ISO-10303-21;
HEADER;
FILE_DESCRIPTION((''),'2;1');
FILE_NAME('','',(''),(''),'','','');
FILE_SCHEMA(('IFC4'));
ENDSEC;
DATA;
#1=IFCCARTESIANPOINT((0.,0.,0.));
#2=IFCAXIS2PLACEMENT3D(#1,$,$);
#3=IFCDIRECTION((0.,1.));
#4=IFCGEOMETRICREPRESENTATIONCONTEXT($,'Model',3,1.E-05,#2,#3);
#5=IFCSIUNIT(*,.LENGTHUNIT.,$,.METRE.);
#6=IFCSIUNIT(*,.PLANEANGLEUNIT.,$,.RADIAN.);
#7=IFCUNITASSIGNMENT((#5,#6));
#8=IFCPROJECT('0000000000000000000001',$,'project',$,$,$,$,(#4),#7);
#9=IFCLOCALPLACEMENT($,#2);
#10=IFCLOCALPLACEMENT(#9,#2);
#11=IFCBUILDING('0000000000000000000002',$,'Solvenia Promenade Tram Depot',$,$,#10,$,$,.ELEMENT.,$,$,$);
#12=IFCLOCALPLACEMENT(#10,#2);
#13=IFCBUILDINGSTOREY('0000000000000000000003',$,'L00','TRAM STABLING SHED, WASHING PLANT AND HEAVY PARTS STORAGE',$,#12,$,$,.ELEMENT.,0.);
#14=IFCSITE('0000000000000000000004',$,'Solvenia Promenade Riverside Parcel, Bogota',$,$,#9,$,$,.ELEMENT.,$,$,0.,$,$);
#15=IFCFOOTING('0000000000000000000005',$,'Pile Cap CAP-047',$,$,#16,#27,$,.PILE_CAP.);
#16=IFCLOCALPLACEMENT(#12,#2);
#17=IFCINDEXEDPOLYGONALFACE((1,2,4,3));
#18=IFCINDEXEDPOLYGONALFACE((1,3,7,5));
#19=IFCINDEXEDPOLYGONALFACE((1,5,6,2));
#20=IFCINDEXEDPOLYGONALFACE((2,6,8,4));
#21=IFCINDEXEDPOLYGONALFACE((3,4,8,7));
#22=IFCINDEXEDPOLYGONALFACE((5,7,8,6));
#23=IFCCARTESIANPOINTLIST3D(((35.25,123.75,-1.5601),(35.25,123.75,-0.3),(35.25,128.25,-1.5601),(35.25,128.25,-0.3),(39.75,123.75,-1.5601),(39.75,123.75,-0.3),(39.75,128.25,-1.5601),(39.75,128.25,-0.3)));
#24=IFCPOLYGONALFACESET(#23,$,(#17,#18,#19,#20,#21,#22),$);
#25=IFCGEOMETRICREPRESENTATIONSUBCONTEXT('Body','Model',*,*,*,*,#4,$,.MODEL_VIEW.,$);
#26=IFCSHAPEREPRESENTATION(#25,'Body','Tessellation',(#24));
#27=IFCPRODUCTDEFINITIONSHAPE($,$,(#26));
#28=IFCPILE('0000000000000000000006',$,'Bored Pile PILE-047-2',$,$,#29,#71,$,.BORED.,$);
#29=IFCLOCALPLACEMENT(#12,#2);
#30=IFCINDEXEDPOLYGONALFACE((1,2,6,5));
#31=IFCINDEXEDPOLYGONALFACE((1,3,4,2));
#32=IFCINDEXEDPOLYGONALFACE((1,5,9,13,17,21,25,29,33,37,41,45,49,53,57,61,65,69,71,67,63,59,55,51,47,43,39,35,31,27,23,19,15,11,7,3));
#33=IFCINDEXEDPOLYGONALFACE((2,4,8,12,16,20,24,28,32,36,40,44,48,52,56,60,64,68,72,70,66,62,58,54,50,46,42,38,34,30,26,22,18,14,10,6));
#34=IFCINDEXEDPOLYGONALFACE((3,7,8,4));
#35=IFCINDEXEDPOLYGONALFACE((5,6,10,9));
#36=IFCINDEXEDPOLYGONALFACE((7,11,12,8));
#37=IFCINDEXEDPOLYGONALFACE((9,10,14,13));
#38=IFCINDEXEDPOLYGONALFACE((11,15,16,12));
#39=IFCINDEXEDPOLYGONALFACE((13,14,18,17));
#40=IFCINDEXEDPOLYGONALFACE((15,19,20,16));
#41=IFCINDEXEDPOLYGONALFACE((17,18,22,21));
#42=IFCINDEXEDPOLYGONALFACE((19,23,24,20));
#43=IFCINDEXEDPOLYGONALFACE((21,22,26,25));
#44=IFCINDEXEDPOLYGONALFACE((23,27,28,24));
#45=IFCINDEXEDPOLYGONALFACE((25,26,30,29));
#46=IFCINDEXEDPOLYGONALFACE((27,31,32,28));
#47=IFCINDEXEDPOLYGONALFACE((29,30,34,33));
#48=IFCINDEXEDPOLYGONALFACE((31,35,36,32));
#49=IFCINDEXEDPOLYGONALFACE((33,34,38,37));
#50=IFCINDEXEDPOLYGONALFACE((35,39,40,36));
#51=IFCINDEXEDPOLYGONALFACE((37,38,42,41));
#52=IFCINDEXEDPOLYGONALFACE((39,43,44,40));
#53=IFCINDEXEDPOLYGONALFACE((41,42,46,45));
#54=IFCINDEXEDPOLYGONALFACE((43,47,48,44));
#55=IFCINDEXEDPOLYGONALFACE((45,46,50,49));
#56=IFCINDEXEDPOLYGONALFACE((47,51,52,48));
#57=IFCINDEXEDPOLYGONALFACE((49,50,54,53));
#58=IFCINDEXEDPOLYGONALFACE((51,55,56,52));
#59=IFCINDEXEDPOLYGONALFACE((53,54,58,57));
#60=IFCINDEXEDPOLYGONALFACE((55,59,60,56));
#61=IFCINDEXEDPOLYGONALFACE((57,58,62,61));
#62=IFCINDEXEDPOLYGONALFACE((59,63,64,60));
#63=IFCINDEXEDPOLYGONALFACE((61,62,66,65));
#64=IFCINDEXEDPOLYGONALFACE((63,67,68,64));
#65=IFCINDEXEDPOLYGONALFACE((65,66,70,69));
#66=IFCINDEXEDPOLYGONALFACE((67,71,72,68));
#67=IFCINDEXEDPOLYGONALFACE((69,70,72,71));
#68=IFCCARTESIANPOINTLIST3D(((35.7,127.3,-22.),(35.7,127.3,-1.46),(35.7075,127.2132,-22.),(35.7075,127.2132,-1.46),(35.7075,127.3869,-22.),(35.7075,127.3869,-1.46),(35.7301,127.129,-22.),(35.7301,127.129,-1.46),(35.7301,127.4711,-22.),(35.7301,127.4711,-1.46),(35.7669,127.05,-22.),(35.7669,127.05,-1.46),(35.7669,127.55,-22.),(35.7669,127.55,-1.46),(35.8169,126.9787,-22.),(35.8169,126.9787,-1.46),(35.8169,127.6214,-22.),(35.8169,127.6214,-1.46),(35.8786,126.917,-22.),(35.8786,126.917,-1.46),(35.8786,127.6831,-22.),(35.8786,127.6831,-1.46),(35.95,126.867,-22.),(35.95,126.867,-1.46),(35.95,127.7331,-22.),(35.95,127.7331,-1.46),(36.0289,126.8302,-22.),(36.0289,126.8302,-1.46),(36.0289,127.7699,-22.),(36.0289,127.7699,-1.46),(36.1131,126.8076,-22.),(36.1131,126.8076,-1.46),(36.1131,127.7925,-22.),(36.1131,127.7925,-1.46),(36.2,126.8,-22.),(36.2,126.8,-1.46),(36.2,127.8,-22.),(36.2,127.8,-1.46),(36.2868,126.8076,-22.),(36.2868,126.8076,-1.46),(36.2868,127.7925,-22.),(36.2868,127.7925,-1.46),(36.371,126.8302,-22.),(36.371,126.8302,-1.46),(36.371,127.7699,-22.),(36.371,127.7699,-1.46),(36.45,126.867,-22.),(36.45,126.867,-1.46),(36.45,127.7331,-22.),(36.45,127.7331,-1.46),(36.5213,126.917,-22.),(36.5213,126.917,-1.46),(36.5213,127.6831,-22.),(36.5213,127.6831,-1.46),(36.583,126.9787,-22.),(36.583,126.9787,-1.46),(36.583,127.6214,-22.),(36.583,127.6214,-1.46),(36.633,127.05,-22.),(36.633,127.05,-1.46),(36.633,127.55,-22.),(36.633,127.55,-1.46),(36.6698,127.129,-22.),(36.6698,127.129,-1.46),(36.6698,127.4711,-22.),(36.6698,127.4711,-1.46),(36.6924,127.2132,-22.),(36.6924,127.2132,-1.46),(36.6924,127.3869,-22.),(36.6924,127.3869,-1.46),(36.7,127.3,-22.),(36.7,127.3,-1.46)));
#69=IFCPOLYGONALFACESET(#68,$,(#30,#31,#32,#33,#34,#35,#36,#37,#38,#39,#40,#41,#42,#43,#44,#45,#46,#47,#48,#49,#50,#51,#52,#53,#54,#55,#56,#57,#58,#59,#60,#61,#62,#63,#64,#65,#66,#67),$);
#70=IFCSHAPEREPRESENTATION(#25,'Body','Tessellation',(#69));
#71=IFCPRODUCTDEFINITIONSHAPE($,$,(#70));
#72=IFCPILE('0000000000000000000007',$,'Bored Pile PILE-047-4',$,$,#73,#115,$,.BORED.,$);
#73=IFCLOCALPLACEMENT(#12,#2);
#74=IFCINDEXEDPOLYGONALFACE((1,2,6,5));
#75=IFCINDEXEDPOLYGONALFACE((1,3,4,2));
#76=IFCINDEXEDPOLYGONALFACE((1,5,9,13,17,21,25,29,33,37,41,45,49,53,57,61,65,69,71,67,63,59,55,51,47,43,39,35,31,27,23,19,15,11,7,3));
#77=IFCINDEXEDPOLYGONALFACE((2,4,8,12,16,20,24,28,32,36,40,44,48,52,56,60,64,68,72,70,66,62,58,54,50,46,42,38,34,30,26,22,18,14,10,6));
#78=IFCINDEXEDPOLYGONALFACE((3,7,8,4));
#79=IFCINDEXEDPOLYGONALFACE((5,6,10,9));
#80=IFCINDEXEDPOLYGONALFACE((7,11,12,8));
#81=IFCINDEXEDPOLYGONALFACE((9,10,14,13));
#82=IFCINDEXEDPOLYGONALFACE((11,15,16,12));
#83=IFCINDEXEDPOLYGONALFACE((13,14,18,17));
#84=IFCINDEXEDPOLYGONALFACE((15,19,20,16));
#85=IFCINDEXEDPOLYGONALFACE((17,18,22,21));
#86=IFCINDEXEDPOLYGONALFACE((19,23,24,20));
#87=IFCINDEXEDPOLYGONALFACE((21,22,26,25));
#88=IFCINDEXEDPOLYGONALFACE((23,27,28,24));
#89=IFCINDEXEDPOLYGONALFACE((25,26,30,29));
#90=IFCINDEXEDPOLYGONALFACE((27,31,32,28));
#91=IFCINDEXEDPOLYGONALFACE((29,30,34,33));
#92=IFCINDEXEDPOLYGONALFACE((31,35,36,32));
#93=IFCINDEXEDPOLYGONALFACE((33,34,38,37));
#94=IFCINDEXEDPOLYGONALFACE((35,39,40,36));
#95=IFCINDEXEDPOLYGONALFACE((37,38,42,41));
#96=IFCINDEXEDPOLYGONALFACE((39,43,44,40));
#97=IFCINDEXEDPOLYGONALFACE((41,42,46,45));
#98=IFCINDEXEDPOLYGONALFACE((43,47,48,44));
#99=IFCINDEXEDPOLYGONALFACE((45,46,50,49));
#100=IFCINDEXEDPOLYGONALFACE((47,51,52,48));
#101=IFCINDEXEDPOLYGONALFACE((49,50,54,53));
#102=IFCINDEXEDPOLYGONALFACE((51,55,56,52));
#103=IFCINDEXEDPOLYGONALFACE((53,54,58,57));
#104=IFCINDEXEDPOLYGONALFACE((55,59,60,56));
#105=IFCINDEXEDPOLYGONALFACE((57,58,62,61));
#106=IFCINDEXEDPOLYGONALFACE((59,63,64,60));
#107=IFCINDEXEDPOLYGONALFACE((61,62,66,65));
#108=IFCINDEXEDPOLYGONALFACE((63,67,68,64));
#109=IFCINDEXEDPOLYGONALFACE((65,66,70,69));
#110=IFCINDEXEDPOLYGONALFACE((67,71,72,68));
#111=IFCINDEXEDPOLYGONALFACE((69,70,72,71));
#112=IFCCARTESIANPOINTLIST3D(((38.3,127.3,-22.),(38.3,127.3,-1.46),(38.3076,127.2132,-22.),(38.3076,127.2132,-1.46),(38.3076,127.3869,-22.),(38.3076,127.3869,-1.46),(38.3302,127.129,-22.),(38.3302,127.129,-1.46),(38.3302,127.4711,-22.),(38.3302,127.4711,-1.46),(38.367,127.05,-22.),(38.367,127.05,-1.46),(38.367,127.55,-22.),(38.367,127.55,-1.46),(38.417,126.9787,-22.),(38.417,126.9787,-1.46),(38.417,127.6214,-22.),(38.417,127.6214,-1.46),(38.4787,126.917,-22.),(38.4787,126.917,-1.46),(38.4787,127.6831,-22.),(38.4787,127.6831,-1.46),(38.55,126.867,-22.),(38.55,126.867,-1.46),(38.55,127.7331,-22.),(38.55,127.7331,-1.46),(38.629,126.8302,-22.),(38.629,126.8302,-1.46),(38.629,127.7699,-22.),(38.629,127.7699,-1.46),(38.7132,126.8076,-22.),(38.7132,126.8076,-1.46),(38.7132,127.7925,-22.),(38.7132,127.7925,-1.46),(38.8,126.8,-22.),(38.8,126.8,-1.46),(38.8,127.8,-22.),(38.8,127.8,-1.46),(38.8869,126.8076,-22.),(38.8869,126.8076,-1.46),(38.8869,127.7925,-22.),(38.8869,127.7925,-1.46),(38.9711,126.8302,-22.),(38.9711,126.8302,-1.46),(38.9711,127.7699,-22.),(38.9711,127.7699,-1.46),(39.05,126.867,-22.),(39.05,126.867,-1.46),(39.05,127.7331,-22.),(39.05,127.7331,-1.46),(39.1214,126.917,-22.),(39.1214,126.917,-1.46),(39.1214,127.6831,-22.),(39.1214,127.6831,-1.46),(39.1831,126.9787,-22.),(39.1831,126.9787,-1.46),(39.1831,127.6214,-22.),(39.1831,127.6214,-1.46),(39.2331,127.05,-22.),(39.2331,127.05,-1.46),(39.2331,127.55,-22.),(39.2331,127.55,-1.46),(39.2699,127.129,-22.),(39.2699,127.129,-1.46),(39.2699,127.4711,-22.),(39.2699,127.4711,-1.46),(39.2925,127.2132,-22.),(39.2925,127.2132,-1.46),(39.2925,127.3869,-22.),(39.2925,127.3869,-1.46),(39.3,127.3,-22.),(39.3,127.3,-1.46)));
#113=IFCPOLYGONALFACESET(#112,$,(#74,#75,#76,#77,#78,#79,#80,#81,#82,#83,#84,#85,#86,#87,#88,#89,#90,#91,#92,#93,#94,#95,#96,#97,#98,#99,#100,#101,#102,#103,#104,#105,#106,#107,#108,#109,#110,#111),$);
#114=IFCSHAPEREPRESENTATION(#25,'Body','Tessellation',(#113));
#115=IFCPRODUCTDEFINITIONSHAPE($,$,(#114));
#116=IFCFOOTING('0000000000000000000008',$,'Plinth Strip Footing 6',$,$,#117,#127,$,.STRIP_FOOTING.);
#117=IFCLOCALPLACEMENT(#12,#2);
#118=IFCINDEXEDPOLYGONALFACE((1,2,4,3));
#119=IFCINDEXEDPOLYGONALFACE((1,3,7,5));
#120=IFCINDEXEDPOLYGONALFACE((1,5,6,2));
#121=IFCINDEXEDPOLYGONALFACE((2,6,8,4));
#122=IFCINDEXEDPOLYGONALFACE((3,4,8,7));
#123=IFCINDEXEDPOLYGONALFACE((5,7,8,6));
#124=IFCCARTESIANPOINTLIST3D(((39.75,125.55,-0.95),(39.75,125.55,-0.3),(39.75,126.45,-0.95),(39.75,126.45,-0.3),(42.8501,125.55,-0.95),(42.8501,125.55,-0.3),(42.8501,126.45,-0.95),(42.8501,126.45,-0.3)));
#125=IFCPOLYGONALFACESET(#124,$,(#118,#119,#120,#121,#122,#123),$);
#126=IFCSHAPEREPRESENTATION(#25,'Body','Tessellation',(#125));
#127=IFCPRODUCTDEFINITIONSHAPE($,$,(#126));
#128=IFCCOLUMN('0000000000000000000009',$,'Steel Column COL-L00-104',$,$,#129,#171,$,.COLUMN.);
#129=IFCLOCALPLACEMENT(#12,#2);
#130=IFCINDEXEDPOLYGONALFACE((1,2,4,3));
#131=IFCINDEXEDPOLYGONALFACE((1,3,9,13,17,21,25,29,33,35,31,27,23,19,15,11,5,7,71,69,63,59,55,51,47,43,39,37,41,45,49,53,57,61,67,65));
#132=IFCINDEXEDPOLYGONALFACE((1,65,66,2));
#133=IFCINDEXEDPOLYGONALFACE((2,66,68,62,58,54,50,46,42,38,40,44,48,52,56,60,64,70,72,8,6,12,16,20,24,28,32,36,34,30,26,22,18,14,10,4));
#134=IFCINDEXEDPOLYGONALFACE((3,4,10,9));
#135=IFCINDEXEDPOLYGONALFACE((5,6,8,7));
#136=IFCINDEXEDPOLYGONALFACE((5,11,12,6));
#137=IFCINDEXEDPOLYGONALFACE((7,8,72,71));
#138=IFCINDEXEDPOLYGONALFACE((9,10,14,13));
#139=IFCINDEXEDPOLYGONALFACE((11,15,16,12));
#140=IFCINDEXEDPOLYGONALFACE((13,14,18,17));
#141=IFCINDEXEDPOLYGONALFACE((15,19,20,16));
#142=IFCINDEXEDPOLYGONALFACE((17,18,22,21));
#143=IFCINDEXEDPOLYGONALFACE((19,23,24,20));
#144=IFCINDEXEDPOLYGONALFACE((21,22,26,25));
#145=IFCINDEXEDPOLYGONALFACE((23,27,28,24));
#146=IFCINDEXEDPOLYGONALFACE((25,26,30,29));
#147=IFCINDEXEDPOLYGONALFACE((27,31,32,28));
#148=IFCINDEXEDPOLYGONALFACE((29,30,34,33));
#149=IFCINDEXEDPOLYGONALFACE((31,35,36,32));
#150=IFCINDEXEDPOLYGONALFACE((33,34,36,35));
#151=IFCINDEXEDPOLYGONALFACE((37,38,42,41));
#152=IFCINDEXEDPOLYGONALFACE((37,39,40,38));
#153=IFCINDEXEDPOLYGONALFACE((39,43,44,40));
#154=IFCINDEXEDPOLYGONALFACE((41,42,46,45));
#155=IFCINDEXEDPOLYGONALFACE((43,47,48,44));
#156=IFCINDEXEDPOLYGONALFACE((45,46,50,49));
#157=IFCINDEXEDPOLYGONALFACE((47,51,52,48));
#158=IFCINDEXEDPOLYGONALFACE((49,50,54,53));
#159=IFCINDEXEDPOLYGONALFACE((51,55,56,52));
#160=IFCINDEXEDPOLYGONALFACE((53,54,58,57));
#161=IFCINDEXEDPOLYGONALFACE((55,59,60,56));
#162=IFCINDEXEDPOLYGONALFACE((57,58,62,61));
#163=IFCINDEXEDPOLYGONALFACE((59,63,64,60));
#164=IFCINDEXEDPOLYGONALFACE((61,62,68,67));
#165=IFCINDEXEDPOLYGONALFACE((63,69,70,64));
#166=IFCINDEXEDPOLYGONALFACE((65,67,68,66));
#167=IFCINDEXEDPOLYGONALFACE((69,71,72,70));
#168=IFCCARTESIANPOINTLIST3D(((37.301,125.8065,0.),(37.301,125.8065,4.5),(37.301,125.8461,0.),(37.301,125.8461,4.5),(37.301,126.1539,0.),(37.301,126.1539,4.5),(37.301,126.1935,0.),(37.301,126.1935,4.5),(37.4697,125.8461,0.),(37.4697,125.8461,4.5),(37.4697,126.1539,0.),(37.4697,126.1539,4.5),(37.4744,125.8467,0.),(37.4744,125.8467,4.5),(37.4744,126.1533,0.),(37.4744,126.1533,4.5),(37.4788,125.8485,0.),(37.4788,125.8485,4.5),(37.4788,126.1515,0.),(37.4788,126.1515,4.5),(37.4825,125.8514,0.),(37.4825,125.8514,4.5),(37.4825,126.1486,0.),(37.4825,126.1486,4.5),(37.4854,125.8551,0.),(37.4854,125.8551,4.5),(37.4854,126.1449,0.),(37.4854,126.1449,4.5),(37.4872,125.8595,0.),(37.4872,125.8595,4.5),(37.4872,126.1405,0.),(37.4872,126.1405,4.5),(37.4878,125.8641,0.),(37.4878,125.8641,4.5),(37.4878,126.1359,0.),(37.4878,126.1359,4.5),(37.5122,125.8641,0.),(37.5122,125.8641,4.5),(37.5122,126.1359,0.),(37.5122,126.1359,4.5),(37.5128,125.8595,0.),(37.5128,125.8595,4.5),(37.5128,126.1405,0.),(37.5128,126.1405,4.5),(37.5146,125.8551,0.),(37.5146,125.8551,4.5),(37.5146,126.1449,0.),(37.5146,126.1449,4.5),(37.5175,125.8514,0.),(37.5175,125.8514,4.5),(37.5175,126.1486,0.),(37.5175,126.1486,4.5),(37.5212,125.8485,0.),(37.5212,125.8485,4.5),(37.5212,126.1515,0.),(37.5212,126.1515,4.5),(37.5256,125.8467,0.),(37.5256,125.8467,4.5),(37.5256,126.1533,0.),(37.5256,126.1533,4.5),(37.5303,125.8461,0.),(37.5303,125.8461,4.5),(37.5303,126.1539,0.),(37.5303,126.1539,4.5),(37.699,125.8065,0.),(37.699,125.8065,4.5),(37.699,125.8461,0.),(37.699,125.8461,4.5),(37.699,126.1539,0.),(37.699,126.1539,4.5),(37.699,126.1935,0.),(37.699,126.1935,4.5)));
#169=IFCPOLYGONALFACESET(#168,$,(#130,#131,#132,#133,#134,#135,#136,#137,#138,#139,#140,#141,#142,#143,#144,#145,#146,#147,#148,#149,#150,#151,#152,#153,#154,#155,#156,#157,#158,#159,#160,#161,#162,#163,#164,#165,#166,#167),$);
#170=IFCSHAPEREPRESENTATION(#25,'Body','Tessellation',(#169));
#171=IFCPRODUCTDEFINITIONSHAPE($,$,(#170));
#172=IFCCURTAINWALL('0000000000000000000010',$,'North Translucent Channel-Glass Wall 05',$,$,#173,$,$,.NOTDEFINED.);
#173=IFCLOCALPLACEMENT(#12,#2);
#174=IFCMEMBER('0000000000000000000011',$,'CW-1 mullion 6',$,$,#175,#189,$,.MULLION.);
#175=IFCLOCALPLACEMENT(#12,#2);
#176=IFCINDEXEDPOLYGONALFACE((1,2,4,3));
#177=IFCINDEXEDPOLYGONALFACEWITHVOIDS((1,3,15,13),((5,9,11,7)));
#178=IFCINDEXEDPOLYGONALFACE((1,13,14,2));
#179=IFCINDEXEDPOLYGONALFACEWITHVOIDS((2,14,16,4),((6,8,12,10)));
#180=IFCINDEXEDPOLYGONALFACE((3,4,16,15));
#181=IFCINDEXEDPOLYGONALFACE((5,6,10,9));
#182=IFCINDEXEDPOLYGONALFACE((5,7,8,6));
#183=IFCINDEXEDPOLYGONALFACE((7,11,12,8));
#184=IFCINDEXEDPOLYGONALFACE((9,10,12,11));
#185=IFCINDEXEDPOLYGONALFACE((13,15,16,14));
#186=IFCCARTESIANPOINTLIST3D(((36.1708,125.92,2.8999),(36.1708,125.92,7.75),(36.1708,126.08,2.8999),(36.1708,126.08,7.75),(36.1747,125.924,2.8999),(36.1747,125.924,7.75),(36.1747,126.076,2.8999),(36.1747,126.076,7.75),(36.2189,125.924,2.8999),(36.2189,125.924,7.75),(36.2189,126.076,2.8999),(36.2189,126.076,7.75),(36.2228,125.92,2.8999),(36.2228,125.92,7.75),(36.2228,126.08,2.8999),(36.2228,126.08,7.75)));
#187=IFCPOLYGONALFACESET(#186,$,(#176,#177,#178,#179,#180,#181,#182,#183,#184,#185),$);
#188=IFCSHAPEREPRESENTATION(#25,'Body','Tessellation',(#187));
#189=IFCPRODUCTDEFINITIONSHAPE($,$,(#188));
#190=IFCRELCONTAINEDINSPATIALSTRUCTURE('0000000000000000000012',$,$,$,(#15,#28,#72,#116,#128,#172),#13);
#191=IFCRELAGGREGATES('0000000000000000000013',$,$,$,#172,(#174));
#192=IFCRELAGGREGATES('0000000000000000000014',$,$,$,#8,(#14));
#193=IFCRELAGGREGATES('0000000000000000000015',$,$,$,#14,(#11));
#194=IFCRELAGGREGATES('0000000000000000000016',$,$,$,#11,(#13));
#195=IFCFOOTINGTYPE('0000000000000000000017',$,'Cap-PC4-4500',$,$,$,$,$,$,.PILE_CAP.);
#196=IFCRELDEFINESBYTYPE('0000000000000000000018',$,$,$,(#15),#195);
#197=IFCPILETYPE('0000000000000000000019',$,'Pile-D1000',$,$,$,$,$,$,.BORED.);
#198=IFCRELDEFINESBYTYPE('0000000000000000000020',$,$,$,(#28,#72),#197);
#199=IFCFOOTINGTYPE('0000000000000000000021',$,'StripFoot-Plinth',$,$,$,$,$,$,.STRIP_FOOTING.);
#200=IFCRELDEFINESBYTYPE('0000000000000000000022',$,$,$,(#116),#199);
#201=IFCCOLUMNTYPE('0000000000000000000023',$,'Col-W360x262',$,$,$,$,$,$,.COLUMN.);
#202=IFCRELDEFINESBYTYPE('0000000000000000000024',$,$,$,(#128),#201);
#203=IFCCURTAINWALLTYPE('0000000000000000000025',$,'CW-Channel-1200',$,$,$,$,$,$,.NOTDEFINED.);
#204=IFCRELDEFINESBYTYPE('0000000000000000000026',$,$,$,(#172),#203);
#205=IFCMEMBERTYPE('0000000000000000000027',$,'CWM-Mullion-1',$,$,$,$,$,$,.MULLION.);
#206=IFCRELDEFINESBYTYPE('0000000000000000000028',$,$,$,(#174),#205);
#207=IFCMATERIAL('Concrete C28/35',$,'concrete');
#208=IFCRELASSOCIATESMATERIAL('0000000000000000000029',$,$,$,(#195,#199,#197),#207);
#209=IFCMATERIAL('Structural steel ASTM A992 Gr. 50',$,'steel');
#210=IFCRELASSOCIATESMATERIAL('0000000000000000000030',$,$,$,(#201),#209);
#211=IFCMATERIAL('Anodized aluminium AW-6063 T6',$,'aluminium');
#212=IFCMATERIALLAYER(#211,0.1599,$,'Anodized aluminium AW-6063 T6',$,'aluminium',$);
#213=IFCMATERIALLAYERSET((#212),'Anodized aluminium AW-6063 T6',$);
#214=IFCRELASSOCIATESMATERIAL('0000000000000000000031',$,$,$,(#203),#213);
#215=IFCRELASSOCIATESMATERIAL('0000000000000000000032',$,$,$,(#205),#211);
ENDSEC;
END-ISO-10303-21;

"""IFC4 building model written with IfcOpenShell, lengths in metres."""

from ifc_helpers import new_model, si_unit, direction, frame, origin, origin_2d, place, context, subcontext, project, spatial, rectangle, hollow_rectangle, circle, i_section, extrude, material, layer, layer_set, material_profile, profile_set, type_object, element, aggregate, save


model = new_model("IFC4")

# Units and contexts
model_context = context("Model", 3, precision=1e-05, world=origin(), true_north=direction((0.0, 1.0)))
body_context = subcontext(model_context, "Body", "Model", "MODEL_VIEW")
ifc_project = project(units=[si_unit("LENGTHUNIT", "METRE"), si_unit("PLANEANGLEUNIT", "RADIAN")], contexts=[model_context])

# Site, building, storey
site_placement = place(None, origin())
site = spatial("IfcSite", under=ifc_project, at=site_placement, Name="Solvenia Promenade Riverside Parcel, Bogota", CompositionType="ELEMENT", RefElevation=0.0)
building_placement = place(site_placement, origin())
building = spatial("IfcBuilding", under=site, at=building_placement, Name="Solvenia Promenade Tram Depot", CompositionType="ELEMENT")
storey_placement = place(building_placement, origin())
storey = spatial("IfcBuildingStorey", under=building, at=storey_placement, Name="L00", Description="TRAM STABLING SHED, WASHING PLANT AND HEAVY PARTS STORAGE", CompositionType="ELEMENT", Elevation=0.0)

# Footing
ifc_material_1 = material(Name="Concrete C28/35", Category="concrete")
footing_type_1 = type_object("IfcFootingType", Name="Cap-PC4-4500", PredefinedType="PILE_CAP", material=ifc_material_1)
footing_1_placement = place(storey_placement, frame((37.5, 126.0, -1.5601), z_axis=(0.0, 0.0, 1.0), x_axis=(1.0, 0.0, 0.0)))
element("IfcFooting", 1, at=footing_1_placement, inside=storey, type_object=footing_type_1, Name="Pile Cap CAP-047", PredefinedType="PILE_CAP", context=body_context, shape_type="SweptSolid", body=[
    extrude(rectangle(XDim=4.5, YDim=4.5, at=origin_2d()), origin(), (0.0, 0.0, 1.0), 1.26),
])

# Piles
ifc_material_profile_1 = material_profile(ifc_material_1, circle(Radius=0.5, at=origin_2d()), Name="D1000", Category="concrete")
ifc_profile_set_1 = profile_set([ifc_material_profile_1], Name="Concrete C28/35")
pile_type = type_object("IfcPileType", Name="Pile-D1000", PredefinedType="BORED", material=ifc_profile_set_1)
for number, where, z_axis, x_axis, name in (
    (2, (36.2, 127.3, -1.46), (0.0, 0.0, -1.0), (1.0, 0.0, 0.0), "Bored Pile PILE-047-2"),
    (3, (38.8, 127.3, -1.46), (0.0, 0.0, -1.0), (1.0, 0.0, 0.0), "Bored Pile PILE-047-4"),
):
    element("IfcPile", number, at=place(storey_placement, frame(where, z_axis=z_axis, x_axis=x_axis)), inside=storey, type_object=pile_type, Name=name, PredefinedType="BORED", context=body_context, shape_type="SweptSolid", body=[
        extrude(circle(Radius=0.5, at=origin_2d()), origin(), (0.0, 0.0, 1.0), 20.54),
    ])

# Footing
footing_type_2 = type_object("IfcFootingType", Name="StripFoot-Plinth", PredefinedType="STRIP_FOOTING", material=ifc_material_1)
footing_2_placement = place(storey_placement, frame((41.3, 126.0, -0.95), z_axis=(0.0, 0.0, 1.0), x_axis=(1.0, 0.0, 0.0)))
element("IfcFooting", 4, at=footing_2_placement, inside=storey, type_object=footing_type_2, Name="Plinth Strip Footing 6", PredefinedType="STRIP_FOOTING", context=body_context, shape_type="SweptSolid", body=[
    extrude(rectangle(XDim=3.1001, YDim=0.8999, at=origin_2d()), origin(), (0.0, 0.0, 1.0), 0.6499),
])

# Column
ifc_material_2 = material(Name="Structural steel ASTM A992 Gr. 50", Category="steel")
ifc_material_profile_2 = material_profile(ifc_material_2, i_section(OverallWidth=0.3979, OverallDepth=0.387, WebThickness=0.0244, FlangeThickness=0.0396, FilletRadius=0.0181, at=origin_2d()), Name="W360x262", Category="steel")
ifc_profile_set_2 = profile_set([ifc_material_profile_2], Name="Structural steel ASTM A992 Gr. 50")
column_type = type_object("IfcColumnType", Name="Col-W360x262", PredefinedType="COLUMN", material=ifc_profile_set_2)
column_placement = place(storey_placement, frame((37.5, 126.0, 0.0), z_axis=(0.0, 0.0, 1.0), x_axis=(1.0, 0.0, 0.0)))
element("IfcColumn", 5, at=column_placement, inside=storey, type_object=column_type, Name="Steel Column COL-L00-104", PredefinedType="COLUMN", context=body_context, shape_type="SweptSolid", body=[
    extrude(i_section(OverallWidth=0.3979, OverallDepth=0.387, WebThickness=0.0244, FlangeThickness=0.0396, FilletRadius=0.0181, at=origin_2d()), origin(), (0.0, 0.0, 1.0), 4.5),
])

# Curtain wall, member
ifc_material_3 = material(Name="Anodized aluminium AW-6063 T6", Category="aluminium")
ifc_layer_1 = layer(ifc_material_3, 0.1599, Name="Anodized aluminium AW-6063 T6", Category="aluminium")
ifc_layer_set_1 = layer_set([ifc_layer_1], Name="Anodized aluminium AW-6063 T6")
curtain_wall_type = type_object("IfcCurtainWallType", Name="CW-Channel-1200", PredefinedType="NOTDEFINED", material=ifc_layer_set_1)
curtain_wall_1_placement = place(storey_placement, origin())
curtain_wall_1 = element("IfcCurtainWall", 6, at=curtain_wall_1_placement, inside=storey, type_object=curtain_wall_type, Name="North Translucent Channel-Glass Wall 05", PredefinedType="NOTDEFINED")
ifc_material_profile_3 = material_profile(ifc_material_3, hollow_rectangle(XDim=0.1599, YDim=0.052, WallThickness=0.0039, at=origin_2d()), Name="ALU-M1", Category="aluminium")
ifc_profile_set_3 = profile_set([ifc_material_profile_3], Name="Anodized aluminium AW-6063 T6")
member_type_1 = type_object("IfcMemberType", Name="CWM-Mullion-1", PredefinedType="MULLION", material=ifc_profile_set_3)
member_1_placement = place(storey_placement, frame((36.1968, 126.0, 2.8999), z_axis=(0.0, 0.0, 1.0), x_axis=(0.0, 1.0, 0.0)))
member_1 = element("IfcMember", 7, at=member_1_placement, type_object=member_type_1, Name="CW-1 mullion 6", PredefinedType="MULLION", context=body_context, shape_type="SweptSolid", body=[
    extrude(hollow_rectangle(XDim=0.1599, YDim=0.052, WallThickness=0.0039, at=origin_2d()), origin(), (0.0, 0.0, 1.0), 4.8501),
])

aggregate(curtain_wall_1, [member_1])

save(model, "model.ifc")
